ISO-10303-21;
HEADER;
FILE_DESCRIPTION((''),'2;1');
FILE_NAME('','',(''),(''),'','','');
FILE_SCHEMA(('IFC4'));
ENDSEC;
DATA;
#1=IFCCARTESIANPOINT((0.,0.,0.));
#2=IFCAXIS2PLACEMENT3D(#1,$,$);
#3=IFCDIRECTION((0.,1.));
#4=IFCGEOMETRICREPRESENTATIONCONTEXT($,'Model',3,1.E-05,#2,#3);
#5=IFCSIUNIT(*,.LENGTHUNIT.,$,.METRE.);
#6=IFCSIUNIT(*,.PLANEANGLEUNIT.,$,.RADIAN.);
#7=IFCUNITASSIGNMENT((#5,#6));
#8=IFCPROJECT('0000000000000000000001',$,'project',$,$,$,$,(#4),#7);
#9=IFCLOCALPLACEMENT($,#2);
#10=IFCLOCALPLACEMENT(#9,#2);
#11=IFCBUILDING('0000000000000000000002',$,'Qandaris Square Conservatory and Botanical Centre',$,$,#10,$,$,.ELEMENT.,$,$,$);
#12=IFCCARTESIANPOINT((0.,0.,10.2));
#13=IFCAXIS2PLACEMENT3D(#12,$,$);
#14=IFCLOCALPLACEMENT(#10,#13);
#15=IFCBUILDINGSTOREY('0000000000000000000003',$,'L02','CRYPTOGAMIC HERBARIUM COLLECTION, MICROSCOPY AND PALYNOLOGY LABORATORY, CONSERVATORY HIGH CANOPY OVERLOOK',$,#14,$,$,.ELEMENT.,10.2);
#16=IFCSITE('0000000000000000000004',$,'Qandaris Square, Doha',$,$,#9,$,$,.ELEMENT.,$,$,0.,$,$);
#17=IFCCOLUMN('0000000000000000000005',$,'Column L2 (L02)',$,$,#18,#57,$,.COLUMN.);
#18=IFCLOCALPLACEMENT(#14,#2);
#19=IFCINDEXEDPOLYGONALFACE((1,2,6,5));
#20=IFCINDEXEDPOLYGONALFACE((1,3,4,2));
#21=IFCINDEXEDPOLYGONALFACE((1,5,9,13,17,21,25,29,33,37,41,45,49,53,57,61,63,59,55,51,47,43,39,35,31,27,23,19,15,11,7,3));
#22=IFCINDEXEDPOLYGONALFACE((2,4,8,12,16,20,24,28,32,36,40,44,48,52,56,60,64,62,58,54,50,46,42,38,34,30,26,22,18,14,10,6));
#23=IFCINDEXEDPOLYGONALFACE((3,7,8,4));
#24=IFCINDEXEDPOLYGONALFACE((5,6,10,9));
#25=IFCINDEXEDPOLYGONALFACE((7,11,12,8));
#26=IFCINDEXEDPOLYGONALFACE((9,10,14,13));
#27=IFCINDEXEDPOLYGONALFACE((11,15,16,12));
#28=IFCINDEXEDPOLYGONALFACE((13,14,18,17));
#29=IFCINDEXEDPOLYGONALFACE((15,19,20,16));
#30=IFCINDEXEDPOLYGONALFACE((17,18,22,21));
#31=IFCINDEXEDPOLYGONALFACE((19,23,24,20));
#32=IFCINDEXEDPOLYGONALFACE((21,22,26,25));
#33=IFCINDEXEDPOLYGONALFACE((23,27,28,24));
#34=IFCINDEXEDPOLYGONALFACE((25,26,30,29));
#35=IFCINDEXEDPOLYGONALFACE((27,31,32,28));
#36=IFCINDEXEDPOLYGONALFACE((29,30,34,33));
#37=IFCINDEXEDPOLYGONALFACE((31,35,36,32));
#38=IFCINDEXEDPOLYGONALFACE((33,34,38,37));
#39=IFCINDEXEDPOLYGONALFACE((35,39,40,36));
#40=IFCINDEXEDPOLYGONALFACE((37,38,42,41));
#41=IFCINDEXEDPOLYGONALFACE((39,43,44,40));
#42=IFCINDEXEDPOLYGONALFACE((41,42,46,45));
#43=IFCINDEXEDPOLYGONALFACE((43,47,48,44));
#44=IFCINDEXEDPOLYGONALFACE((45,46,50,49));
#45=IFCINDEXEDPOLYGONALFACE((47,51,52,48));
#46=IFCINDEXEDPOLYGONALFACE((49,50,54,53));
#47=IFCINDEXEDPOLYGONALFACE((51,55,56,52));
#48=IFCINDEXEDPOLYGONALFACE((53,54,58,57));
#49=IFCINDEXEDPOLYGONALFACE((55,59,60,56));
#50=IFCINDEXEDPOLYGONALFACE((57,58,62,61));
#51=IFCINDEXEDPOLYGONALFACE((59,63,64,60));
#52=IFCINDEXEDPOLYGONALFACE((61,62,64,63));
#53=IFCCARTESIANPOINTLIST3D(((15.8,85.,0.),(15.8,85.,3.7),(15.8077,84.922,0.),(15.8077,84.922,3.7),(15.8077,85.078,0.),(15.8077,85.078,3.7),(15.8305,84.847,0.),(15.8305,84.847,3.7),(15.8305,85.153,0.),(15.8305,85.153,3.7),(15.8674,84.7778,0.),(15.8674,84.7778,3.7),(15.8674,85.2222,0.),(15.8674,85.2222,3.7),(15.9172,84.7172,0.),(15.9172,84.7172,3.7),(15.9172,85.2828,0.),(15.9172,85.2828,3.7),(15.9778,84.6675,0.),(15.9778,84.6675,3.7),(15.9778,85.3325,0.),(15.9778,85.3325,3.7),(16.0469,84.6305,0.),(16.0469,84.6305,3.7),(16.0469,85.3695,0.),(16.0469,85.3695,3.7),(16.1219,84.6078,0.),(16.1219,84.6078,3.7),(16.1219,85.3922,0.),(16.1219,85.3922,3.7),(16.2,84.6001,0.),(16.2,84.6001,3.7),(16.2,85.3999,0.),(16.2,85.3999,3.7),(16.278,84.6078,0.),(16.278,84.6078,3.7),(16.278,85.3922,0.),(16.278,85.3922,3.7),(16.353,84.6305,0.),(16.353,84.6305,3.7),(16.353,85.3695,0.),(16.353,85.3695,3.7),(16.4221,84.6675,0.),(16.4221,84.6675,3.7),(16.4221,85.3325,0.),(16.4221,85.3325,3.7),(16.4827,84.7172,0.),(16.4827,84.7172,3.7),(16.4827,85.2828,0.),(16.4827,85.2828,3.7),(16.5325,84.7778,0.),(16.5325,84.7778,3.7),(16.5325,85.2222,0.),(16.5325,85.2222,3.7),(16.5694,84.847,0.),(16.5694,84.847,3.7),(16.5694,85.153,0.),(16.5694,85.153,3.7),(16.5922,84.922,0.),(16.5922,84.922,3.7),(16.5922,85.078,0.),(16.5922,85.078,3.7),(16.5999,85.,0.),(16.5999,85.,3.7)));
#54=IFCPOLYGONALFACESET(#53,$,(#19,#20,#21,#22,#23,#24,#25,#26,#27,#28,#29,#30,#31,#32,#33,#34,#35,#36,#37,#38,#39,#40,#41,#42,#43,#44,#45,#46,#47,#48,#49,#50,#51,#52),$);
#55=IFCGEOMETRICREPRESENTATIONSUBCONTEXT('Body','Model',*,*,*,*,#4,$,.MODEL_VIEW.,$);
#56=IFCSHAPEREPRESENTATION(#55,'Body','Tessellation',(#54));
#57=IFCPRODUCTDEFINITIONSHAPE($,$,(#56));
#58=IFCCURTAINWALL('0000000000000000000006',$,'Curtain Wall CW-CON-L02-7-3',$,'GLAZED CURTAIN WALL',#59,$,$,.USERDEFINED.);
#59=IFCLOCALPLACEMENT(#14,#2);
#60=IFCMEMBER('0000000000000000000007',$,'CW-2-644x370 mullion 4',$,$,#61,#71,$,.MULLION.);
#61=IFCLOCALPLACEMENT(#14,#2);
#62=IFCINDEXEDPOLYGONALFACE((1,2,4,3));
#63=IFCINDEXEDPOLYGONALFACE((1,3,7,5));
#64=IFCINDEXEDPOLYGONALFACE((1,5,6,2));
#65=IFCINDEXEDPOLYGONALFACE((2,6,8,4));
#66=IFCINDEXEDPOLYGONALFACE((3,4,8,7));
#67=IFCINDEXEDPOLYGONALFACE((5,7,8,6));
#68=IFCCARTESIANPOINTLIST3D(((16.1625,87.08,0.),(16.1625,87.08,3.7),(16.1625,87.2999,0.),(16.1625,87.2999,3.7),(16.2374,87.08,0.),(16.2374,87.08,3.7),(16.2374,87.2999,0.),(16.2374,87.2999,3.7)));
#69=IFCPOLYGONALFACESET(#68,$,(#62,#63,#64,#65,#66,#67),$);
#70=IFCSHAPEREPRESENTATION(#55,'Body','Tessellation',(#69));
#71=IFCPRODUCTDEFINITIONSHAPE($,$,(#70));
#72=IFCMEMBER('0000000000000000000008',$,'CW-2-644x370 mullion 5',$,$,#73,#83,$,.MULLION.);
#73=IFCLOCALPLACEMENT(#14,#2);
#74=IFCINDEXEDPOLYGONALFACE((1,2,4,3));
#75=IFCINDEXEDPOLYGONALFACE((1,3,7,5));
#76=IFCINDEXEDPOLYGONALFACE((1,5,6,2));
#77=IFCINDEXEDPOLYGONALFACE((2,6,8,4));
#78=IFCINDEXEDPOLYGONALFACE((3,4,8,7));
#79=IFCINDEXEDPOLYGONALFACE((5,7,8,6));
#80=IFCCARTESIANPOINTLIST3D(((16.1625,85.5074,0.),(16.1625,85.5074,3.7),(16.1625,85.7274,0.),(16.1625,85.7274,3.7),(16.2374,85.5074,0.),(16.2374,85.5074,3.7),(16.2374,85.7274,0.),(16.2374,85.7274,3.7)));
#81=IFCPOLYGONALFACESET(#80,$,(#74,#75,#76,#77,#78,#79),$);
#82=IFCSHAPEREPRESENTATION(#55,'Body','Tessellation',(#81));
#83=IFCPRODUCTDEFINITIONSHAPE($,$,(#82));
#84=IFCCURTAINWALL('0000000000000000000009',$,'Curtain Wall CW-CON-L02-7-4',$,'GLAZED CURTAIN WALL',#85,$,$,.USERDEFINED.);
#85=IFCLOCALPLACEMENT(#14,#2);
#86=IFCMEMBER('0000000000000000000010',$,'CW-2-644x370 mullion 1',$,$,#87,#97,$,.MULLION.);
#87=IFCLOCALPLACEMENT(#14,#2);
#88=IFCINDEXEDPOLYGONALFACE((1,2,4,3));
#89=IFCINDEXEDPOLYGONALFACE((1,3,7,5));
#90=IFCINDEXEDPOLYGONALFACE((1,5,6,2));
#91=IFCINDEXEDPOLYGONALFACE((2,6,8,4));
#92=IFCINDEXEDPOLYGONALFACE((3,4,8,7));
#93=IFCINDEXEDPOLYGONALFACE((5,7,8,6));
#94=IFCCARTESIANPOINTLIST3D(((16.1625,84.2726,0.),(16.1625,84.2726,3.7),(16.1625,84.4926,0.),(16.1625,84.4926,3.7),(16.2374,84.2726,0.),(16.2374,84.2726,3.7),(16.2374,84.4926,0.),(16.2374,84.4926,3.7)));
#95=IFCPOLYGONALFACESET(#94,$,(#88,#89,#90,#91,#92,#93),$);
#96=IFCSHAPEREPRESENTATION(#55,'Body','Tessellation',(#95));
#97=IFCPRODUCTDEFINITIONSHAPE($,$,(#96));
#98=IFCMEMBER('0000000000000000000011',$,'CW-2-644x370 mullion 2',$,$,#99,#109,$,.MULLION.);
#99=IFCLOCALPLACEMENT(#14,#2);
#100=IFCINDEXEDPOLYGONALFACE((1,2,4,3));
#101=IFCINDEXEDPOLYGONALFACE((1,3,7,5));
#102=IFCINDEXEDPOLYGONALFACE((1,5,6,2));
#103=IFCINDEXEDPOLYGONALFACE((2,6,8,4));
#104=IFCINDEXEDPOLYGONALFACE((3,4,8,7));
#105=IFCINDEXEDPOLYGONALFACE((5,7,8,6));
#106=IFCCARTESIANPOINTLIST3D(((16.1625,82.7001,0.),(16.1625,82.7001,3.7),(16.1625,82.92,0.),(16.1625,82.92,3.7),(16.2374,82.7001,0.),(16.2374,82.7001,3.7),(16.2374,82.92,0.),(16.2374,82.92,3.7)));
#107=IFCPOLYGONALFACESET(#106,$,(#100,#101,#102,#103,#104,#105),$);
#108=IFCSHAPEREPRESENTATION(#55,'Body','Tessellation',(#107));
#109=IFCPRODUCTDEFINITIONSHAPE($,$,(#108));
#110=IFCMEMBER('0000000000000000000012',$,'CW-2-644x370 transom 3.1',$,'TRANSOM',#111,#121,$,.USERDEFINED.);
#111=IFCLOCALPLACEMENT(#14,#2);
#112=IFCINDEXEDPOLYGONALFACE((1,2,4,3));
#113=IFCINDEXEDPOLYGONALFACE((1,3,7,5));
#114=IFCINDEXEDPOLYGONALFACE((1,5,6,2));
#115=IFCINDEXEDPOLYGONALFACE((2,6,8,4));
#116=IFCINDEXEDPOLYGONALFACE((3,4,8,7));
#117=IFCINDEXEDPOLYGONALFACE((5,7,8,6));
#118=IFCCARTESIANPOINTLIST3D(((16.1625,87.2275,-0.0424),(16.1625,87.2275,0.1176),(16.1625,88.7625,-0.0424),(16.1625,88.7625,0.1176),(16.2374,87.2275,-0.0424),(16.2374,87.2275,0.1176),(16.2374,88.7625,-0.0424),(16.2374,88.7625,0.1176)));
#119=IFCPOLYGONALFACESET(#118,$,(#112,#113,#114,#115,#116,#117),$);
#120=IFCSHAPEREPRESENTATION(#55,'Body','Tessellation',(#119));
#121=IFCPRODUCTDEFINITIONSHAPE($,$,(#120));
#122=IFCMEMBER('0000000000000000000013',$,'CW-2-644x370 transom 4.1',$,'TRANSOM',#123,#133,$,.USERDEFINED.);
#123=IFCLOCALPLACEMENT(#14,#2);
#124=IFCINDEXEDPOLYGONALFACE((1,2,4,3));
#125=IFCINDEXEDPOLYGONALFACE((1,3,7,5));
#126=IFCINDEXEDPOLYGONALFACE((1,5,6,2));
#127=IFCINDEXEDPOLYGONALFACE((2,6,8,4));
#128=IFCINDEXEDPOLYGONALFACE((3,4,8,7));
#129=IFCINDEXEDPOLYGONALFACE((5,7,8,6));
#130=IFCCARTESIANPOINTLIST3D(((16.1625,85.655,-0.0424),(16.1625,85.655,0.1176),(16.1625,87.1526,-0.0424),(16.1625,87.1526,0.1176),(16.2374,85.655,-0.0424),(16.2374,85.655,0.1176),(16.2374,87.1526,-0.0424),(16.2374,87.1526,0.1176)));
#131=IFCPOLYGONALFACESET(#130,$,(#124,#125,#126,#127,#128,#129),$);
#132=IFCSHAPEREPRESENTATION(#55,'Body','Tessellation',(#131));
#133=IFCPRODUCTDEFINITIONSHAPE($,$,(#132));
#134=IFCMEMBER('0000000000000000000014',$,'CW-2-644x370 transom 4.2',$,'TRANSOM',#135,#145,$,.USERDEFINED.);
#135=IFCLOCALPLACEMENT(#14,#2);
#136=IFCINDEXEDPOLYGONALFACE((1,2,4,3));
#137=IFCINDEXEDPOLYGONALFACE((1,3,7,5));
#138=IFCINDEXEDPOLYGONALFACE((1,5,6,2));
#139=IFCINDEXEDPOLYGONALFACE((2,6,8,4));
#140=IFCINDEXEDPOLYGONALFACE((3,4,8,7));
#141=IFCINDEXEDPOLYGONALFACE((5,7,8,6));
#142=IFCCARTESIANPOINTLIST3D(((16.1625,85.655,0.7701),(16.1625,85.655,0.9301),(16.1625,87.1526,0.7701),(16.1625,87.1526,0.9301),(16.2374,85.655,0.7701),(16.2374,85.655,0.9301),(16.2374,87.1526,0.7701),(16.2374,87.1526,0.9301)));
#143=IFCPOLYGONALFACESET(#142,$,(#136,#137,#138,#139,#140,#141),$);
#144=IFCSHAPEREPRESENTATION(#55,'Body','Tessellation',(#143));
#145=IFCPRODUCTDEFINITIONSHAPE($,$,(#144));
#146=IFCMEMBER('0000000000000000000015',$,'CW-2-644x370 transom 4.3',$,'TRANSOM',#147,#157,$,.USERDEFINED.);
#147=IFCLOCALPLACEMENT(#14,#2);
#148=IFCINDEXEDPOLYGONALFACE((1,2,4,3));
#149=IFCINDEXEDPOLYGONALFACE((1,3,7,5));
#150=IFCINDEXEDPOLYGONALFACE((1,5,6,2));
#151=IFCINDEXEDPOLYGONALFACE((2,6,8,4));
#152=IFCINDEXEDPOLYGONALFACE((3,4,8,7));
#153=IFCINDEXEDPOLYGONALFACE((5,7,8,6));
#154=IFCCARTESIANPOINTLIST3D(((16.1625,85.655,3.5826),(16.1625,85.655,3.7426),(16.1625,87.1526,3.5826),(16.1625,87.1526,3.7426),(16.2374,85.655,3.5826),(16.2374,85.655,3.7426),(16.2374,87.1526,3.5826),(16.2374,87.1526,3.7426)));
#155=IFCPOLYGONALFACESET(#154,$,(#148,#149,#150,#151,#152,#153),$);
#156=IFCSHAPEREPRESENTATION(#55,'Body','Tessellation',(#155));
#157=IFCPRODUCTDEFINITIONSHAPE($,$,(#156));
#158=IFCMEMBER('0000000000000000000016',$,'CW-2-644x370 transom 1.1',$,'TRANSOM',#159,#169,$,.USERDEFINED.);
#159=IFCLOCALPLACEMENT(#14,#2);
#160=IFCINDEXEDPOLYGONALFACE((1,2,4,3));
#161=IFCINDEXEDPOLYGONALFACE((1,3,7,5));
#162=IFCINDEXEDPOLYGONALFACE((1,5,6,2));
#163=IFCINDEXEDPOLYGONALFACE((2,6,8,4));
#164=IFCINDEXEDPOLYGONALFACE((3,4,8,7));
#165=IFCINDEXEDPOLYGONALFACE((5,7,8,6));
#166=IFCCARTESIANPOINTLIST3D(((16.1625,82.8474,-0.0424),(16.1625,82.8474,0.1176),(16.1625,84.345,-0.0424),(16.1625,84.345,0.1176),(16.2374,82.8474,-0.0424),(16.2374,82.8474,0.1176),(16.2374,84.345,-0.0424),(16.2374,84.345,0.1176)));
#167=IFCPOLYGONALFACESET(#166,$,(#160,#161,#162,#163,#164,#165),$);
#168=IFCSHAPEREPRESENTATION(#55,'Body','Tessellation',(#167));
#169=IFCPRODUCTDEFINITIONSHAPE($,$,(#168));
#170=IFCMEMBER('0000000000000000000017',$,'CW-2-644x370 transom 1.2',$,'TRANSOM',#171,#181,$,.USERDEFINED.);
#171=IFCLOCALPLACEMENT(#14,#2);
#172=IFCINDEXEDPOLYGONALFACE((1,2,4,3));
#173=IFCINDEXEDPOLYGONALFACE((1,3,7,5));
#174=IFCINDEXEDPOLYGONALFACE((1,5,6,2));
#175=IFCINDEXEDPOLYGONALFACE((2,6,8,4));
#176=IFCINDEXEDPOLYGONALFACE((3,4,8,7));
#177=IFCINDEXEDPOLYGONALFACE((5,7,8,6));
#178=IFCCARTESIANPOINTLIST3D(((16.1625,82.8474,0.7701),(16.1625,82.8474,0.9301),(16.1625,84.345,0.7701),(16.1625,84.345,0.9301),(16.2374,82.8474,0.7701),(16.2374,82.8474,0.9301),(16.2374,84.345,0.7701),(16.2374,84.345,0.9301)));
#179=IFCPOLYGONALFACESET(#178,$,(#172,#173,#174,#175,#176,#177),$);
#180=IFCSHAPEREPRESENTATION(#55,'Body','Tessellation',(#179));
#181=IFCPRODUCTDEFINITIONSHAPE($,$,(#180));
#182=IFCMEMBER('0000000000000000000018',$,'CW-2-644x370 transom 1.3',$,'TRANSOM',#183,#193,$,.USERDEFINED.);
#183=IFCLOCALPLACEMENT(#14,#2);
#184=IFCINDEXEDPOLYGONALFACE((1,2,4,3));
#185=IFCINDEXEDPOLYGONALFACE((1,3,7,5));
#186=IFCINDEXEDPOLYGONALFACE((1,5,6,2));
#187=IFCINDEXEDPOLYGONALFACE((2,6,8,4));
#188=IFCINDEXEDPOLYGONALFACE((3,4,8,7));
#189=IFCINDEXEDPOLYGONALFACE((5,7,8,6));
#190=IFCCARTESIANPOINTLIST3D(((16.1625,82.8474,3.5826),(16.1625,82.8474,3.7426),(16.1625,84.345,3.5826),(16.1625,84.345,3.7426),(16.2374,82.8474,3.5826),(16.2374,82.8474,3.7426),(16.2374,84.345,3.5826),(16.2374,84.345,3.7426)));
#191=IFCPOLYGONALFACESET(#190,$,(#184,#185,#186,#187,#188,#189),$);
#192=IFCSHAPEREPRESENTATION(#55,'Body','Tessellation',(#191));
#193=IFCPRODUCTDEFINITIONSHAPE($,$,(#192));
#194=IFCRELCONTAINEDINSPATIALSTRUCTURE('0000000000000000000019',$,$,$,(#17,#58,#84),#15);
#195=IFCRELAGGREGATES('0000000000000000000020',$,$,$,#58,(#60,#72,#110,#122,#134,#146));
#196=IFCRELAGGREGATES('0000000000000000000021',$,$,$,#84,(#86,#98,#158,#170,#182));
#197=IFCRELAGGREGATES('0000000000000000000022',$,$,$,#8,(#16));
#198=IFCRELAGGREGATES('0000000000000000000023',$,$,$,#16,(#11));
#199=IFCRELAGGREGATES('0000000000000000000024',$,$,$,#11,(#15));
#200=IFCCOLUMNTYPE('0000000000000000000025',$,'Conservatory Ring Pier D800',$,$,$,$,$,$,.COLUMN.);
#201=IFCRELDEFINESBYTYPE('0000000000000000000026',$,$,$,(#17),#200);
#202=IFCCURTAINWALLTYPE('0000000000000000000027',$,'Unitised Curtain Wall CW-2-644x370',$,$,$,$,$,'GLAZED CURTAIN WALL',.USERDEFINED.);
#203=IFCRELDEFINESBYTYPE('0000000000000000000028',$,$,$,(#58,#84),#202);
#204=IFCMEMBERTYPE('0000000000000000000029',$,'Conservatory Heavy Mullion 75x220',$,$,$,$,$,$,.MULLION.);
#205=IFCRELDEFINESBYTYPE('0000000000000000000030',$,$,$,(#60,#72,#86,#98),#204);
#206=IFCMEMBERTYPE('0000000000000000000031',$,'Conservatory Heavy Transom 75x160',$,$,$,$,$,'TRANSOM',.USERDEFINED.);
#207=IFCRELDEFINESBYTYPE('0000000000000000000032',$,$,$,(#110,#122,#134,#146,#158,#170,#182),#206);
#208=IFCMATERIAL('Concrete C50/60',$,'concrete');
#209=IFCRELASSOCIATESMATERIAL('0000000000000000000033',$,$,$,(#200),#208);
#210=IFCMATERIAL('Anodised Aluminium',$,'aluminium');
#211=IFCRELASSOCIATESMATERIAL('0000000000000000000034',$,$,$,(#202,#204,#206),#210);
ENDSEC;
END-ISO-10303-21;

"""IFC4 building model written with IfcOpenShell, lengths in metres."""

from ifc_helpers import new_model, si_unit, direction, frame, origin, origin_2d, place, context, subcontext, project, spatial, rectangle, circle, extrude, material, material_profile, profile_set, type_object, element, aggregate, save


model = new_model("IFC4")

# Units and contexts
model_context = context("Model", 3, precision=1e-05, world=origin(), true_north=direction((0.0, 1.0)))
body_context = subcontext(model_context, "Body", "Model", "MODEL_VIEW")
ifc_project = project(units=[si_unit("LENGTHUNIT", "METRE"), si_unit("PLANEANGLEUNIT", "RADIAN")], contexts=[model_context])

# Site, building, storey
site_placement = place(None, origin())
site = spatial("IfcSite", under=ifc_project, at=site_placement, Name="Qandaris Square, Doha", CompositionType="ELEMENT", RefElevation=0.0)
building_placement = place(site_placement, origin())
building = spatial("IfcBuilding", under=site, at=building_placement, Name="Qandaris Square Conservatory and Botanical Centre", CompositionType="ELEMENT")
storey_placement = place(building_placement, frame((0.0, 0.0, 10.2)))
storey = spatial("IfcBuildingStorey", under=building, at=storey_placement, Name="L02", Description="CRYPTOGAMIC HERBARIUM COLLECTION, MICROSCOPY AND PALYNOLOGY LABORATORY, CONSERVATORY HIGH CANOPY OVERLOOK", CompositionType="ELEMENT", Elevation=10.2)

# Column
ifc_material_1 = material(Name="Concrete C50/60", Category="concrete")
ifc_material_profile_1 = material_profile(ifc_material_1, circle(Radius=0.3999, at=origin_2d()), Name="RC-COL D800")
ifc_profile_set_1 = profile_set([ifc_material_profile_1], Name="Concrete C50/60")
column_type = type_object("IfcColumnType", Name="Conservatory Ring Pier D800", PredefinedType="COLUMN", material=ifc_profile_set_1)
column_placement = place(storey_placement, frame((16.2, 85.0, 0.0), z_axis=(0.0, 0.0, 1.0), x_axis=(1.0, 0.0, 0.0)))
element("IfcColumn", 1, at=column_placement, inside=storey, type_object=column_type, Name="Column L2 (L02)", PredefinedType="COLUMN", context=body_context, shape_type="SweptSolid", body=[
    extrude(circle(Radius=0.3999, at=origin_2d()), origin(), (0.0, 0.0, 1.0), 3.7),
])

# Curtain walls, members
ifc_material_2 = material(Name="Anodised Aluminium", Category="aluminium")
curtain_wall_type = type_object("IfcCurtainWallType", Name="Unitised Curtain Wall CW-2-644x370", ElementType="GLAZED CURTAIN WALL", PredefinedType="USERDEFINED", material=ifc_material_2)
curtain_wall_1_placement = place(storey_placement, origin())
curtain_wall_1 = element("IfcCurtainWall", 2, at=curtain_wall_1_placement, inside=storey, type_object=curtain_wall_type, Name="Curtain Wall CW-CON-L02-7-3", ObjectType="GLAZED CURTAIN WALL", PredefinedType="USERDEFINED")
ifc_material_profile_2 = material_profile(ifc_material_2, rectangle(XDim=0.075, YDim=0.22, at=origin_2d()), Name="ALU-MUL 75x220")
ifc_profile_set_2 = profile_set([ifc_material_profile_2], Name="Anodised Aluminium")
member_type_1 = type_object("IfcMemberType", Name="Conservatory Heavy Mullion 75x220", PredefinedType="MULLION", material=ifc_profile_set_2)
member_1_placement = place(storey_placement, frame((16.2, 87.1899, 0.0), z_axis=(0.0, 0.0, 1.0), x_axis=(1.0, 0.0, 0.0)))
member_1 = element("IfcMember", 3, at=member_1_placement, type_object=member_type_1, Name="CW-2-644x370 mullion 4", PredefinedType="MULLION", context=body_context, shape_type="SweptSolid", body=[
    extrude(rectangle(XDim=0.075, YDim=0.22, at=origin_2d()), origin(), (0.0, 0.0, 1.0), 3.7),
])
member_2_placement = place(storey_placement, frame((16.2, 85.6174, 0.0), z_axis=(0.0, 0.0, 1.0), x_axis=(1.0, 0.0, 0.0)))
member_2 = element("IfcMember", 4, at=member_2_placement, type_object=member_type_1, Name="CW-2-644x370 mullion 5", PredefinedType="MULLION", context=body_context, shape_type="SweptSolid", body=[
    extrude(rectangle(XDim=0.075, YDim=0.22, at=origin_2d()), origin(), (0.0, 0.0, 1.0), 3.7),
])
curtain_wall_2_placement = place(storey_placement, origin())
curtain_wall_2 = element("IfcCurtainWall", 5, at=curtain_wall_2_placement, inside=storey, type_object=curtain_wall_type, Name="Curtain Wall CW-CON-L02-7-4", ObjectType="GLAZED CURTAIN WALL", PredefinedType="USERDEFINED")
member_3_placement = place(storey_placement, frame((16.2, 84.3826, 0.0), z_axis=(0.0, 0.0, 1.0), x_axis=(1.0, 0.0, 0.0)))
member_3 = element("IfcMember", 6, at=member_3_placement, type_object=member_type_1, Name="CW-2-644x370 mullion 1", PredefinedType="MULLION", context=body_context, shape_type="SweptSolid", body=[
    extrude(rectangle(XDim=0.075, YDim=0.22, at=origin_2d()), origin(), (0.0, 0.0, 1.0), 3.7),
])
member_4_placement = place(storey_placement, frame((16.2, 82.8101, 0.0), z_axis=(0.0, 0.0, 1.0), x_axis=(1.0, 0.0, 0.0)))
member_4 = element("IfcMember", 7, at=member_4_placement, type_object=member_type_1, Name="CW-2-644x370 mullion 2", PredefinedType="MULLION", context=body_context, shape_type="SweptSolid", body=[
    extrude(rectangle(XDim=0.075, YDim=0.22, at=origin_2d()), origin(), (0.0, 0.0, 1.0), 3.7),
])

# Members
ifc_material_profile_3 = material_profile(ifc_material_2, rectangle(XDim=0.075, YDim=0.1599, at=origin_2d()), Name="ALU-TRN 75x160")
ifc_profile_set_3 = profile_set([ifc_material_profile_3], Name="Anodised Aluminium")
member_type_2 = type_object("IfcMemberType", Name="Conservatory Heavy Transom 75x160", ElementType="TRANSOM", PredefinedType="USERDEFINED", material=ifc_profile_set_3)
member_5_placement = place(storey_placement, frame((16.2, 88.7625, 0.0376), z_axis=(0.0, -1.0, 0.0), x_axis=(1.0, 0.0, 0.0)))
member_5 = element("IfcMember", 8, at=member_5_placement, type_object=member_type_2, Name="CW-2-644x370 transom 3.1", ObjectType="TRANSOM", PredefinedType="USERDEFINED", context=body_context, shape_type="SweptSolid", body=[
    extrude(rectangle(XDim=0.075, YDim=0.1599, at=origin_2d()), origin(), (0.0, 0.0, 1.0), 1.5349),
])
member_6_placement = place(storey_placement, frame((16.2, 87.1526, 0.0376), z_axis=(0.0, -1.0, 0.0), x_axis=(1.0, 0.0, 0.0)))
member_6 = element("IfcMember", 9, at=member_6_placement, type_object=member_type_2, Name="CW-2-644x370 transom 4.1", ObjectType="TRANSOM", PredefinedType="USERDEFINED", context=body_context, shape_type="SweptSolid", body=[
    extrude(rectangle(XDim=0.075, YDim=0.1599, at=origin_2d()), origin(), (0.0, 0.0, 1.0), 1.4976),
])
member_7_placement = place(storey_placement, frame((16.2, 87.1526, 0.8501), z_axis=(0.0, -1.0, 0.0), x_axis=(1.0, 0.0, 0.0)))
member_7 = element("IfcMember", 10, at=member_7_placement, type_object=member_type_2, Name="CW-2-644x370 transom 4.2", ObjectType="TRANSOM", PredefinedType="USERDEFINED", context=body_context, shape_type="SweptSolid", body=[
    extrude(rectangle(XDim=0.075, YDim=0.1599, at=origin_2d()), origin(), (0.0, 0.0, 1.0), 1.4976),
])
member_8_placement = place(storey_placement, frame((16.2, 87.1526, 3.6626), z_axis=(0.0, -1.0, 0.0), x_axis=(1.0, 0.0, 0.0)))
member_8 = element("IfcMember", 11, at=member_8_placement, type_object=member_type_2, Name="CW-2-644x370 transom 4.3", ObjectType="TRANSOM", PredefinedType="USERDEFINED", context=body_context, shape_type="SweptSolid", body=[
    extrude(rectangle(XDim=0.075, YDim=0.1599, at=origin_2d()), origin(), (0.0, 0.0, 1.0), 1.4976),
])
member_9_placement = place(storey_placement, frame((16.2, 84.345, 0.0376), z_axis=(0.0, -1.0, 0.0), x_axis=(1.0, 0.0, 0.0)))
member_9 = element("IfcMember", 12, at=member_9_placement, type_object=member_type_2, Name="CW-2-644x370 transom 1.1", ObjectType="TRANSOM", PredefinedType="USERDEFINED", context=body_context, shape_type="SweptSolid", body=[
    extrude(rectangle(XDim=0.075, YDim=0.1599, at=origin_2d()), origin(), (0.0, 0.0, 1.0), 1.4976),
])
member_10_placement = place(storey_placement, frame((16.2, 84.345, 0.8501), z_axis=(0.0, -1.0, 0.0), x_axis=(1.0, 0.0, 0.0)))
member_10 = element("IfcMember", 13, at=member_10_placement, type_object=member_type_2, Name="CW-2-644x370 transom 1.2", ObjectType="TRANSOM", PredefinedType="USERDEFINED", context=body_context, shape_type="SweptSolid", body=[
    extrude(rectangle(XDim=0.075, YDim=0.1599, at=origin_2d()), origin(), (0.0, 0.0, 1.0), 1.4976),
])
member_11_placement = place(storey_placement, frame((16.2, 84.345, 3.6626), z_axis=(0.0, -1.0, 0.0), x_axis=(1.0, 0.0, 0.0)))
member_11 = element("IfcMember", 14, at=member_11_placement, type_object=member_type_2, Name="CW-2-644x370 transom 1.3", ObjectType="TRANSOM", PredefinedType="USERDEFINED", context=body_context, shape_type="SweptSolid", body=[
    extrude(rectangle(XDim=0.075, YDim=0.1599, at=origin_2d()), origin(), (0.0, 0.0, 1.0), 1.4976),
])

aggregate(curtain_wall_1, [member_1, member_2, member_5, member_6, member_7, member_8])
aggregate(curtain_wall_2, [member_3, member_4, member_9, member_10, member_11])

save(model, "model.ifc")
